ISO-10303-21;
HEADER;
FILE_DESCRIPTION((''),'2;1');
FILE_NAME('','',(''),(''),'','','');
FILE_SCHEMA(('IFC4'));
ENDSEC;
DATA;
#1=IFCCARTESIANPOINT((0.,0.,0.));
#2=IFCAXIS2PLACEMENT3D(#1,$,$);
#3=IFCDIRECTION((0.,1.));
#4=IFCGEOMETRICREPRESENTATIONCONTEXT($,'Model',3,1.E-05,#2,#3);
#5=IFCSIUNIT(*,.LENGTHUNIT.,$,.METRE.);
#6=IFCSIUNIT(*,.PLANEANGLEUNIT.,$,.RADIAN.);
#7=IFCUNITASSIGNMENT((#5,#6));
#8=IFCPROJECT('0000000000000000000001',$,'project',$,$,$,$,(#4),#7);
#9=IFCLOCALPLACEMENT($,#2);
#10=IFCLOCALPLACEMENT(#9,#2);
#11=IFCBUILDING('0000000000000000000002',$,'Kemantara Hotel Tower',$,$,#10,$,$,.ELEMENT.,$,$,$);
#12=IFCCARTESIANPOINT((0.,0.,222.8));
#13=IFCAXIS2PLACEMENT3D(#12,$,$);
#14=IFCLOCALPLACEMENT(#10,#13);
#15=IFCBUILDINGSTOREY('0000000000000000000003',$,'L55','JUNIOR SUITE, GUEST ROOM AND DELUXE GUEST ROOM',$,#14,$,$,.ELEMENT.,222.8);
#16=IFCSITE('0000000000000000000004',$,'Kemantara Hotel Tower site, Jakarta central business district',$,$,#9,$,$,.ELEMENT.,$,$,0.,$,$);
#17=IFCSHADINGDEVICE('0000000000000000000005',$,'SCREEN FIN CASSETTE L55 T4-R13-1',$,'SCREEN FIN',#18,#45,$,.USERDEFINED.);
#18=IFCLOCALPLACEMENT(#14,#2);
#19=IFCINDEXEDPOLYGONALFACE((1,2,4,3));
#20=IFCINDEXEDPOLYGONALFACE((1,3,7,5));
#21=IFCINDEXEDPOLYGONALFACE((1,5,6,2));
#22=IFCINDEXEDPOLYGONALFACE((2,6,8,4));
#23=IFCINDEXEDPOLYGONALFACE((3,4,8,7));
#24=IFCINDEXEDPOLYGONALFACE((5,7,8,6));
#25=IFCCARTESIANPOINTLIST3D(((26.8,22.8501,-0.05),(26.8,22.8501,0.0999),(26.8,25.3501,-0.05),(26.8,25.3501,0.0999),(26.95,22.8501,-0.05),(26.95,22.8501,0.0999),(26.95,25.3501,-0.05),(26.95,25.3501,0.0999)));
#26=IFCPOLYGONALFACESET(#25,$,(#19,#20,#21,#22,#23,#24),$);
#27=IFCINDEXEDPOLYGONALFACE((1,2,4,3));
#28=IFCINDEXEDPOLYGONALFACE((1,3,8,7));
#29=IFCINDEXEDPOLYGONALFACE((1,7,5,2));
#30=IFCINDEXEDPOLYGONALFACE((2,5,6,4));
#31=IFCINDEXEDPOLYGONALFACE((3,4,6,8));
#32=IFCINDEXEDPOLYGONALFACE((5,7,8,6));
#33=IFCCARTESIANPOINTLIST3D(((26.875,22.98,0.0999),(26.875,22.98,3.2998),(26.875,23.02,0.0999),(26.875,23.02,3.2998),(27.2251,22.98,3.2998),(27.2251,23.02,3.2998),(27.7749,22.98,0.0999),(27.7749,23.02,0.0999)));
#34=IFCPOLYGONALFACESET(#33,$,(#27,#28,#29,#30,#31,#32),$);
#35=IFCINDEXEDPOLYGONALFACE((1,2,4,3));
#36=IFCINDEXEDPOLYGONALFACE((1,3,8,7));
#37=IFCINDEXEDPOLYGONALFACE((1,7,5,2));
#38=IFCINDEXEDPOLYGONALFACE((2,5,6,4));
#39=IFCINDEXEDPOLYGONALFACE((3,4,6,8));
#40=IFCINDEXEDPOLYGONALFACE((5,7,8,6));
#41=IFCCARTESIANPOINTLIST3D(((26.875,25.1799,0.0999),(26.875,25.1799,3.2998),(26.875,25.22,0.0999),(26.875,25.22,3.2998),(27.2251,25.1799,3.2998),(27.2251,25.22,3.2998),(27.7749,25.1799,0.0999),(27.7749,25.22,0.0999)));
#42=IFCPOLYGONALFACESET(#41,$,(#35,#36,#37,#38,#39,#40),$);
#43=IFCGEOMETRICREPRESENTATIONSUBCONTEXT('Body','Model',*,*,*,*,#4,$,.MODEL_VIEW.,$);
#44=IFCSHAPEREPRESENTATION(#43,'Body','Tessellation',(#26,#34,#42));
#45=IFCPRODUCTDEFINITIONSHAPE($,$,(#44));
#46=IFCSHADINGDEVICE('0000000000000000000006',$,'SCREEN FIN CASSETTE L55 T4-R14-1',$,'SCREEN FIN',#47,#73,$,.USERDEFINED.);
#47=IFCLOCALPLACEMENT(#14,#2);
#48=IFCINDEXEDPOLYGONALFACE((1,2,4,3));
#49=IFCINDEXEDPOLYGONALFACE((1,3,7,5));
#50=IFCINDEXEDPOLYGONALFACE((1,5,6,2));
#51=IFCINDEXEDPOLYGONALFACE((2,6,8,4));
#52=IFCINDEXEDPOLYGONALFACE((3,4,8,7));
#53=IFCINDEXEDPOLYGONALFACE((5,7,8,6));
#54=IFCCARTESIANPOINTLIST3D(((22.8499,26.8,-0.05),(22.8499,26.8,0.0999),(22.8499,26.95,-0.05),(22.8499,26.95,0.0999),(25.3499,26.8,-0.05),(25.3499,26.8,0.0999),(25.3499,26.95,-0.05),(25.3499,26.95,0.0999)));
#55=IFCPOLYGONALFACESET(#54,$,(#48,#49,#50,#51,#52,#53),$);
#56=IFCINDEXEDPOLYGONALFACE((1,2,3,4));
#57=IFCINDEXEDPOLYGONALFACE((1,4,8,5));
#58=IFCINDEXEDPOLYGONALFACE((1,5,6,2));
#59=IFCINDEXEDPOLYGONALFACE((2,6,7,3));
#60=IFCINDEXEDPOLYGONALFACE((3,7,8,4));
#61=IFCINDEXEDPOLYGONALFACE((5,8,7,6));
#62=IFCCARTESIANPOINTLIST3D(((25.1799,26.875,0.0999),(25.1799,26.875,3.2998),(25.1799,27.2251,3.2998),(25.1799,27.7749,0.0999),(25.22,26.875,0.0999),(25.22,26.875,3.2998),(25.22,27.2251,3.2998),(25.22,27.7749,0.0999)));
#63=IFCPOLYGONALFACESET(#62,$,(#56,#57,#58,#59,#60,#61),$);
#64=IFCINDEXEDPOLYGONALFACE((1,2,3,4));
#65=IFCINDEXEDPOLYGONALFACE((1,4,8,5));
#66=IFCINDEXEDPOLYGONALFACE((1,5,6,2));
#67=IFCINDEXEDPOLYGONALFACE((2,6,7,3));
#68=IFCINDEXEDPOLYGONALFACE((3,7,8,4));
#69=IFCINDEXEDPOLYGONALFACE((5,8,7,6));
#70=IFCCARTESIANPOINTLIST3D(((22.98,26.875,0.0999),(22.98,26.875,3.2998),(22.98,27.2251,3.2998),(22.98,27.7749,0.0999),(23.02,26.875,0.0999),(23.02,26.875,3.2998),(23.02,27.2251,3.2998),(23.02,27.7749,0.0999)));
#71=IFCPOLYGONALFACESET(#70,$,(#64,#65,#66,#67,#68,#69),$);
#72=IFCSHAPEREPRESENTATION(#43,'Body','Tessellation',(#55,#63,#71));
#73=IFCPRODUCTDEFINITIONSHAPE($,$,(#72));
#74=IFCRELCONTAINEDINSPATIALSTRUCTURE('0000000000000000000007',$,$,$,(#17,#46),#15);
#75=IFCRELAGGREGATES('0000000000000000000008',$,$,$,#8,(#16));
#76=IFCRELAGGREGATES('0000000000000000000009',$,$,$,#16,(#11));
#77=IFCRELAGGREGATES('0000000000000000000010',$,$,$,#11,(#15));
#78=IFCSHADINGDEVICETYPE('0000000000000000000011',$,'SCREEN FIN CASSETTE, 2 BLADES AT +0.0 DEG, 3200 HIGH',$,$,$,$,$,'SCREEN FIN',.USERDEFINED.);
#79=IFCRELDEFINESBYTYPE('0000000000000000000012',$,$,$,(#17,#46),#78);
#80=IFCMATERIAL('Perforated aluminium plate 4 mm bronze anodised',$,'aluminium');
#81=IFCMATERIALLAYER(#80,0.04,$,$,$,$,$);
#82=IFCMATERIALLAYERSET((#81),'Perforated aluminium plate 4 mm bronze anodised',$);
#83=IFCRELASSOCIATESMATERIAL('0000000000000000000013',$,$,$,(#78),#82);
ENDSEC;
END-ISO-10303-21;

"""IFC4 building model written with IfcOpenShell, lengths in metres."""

from ifc_helpers import new_model, si_unit, direction, frame, origin, origin_2d, place, context, subcontext, project, spatial, polyline, rectangle, outline, extrude, source, transform, mapped, material, layer, layer_set, type_object, element, save


model = new_model("IFC4")

# Units and contexts
model_context = context("Model", 3, precision=1e-05, world=origin(), true_north=direction((0.0, 1.0)))
body_context = subcontext(model_context, "Body", "Model", "MODEL_VIEW")
ifc_project = project(units=[si_unit("LENGTHUNIT", "METRE"), si_unit("PLANEANGLEUNIT", "RADIAN")], contexts=[model_context])

# Site, building, storey
site_placement = place(None, origin())
site = spatial("IfcSite", under=ifc_project, at=site_placement, Name="Kemantara Hotel Tower site, Jakarta central business district", CompositionType="ELEMENT", RefElevation=0.0)
building_placement = place(site_placement, origin())
building = spatial("IfcBuilding", under=site, at=building_placement, Name="Kemantara Hotel Tower", CompositionType="ELEMENT")
storey_placement = place(building_placement, frame((0.0, 0.0, 222.8)))
storey = spatial("IfcBuildingStorey", under=building, at=storey_placement, Name="L55", Description="JUNIOR SUITE, GUEST ROOM AND DELUXE GUEST ROOM", CompositionType="ELEMENT", Elevation=222.8)

# Shading devices
ifc_material_1 = material(Name="Perforated aluminium plate 4 mm bronze anodised", Category="aluminium")
ifc_layer_1 = layer(ifc_material_1, 0.04)
ifc_layer_set_1 = layer_set([ifc_layer_1], Name="Perforated aluminium plate 4 mm bronze anodised")
shading_device_type_1 = type_object("IfcShadingDeviceType", Name="SCREEN FIN CASSETTE, 2 BLADES AT +0.0 DEG, 3200 HIGH", ElementType="SCREEN FIN", PredefinedType="USERDEFINED", material=ifc_layer_set_1)
shared_shape_1 = source(origin(), body_context, "Body", "SweptSolid", [
    extrude(rectangle(XDim=2.5, YDim=0.1499, at=origin_2d()), frame((1.1001, -0.075, -0.1499), z_axis=(0.0, 0.0, 1.0), x_axis=(1.0, 0.0, 0.0)), (0.0, 0.0, 1.0), 0.1499),
    extrude(outline(polyline([(0.0, 0.0), (0.8999, 0.0), (0.3501, 3.2), (0.0, 3.2), (0.0, 0.0)])), frame((0.02, -0.075, 0.0), z_axis=(-1.0, 0.0, 0.0), x_axis=(0.0, -1.0, 0.0)), (0.0, 0.0, 1.0), 0.04),
    extrude(outline(polyline([(0.0, 0.0), (0.8999, 0.0), (0.3501, 3.2), (0.0, 3.2), (0.0, 0.0)])), frame((2.22, -0.075, 0.0), z_axis=(-1.0, 0.0, 0.0), x_axis=(0.0, -1.0, 0.0)), (0.0, 0.0, 1.0), 0.04),
])
for number, where, z_axis, x_axis, name in (
    (1, (26.8, 23.0, 0.0999), (0.0, 0.0, 1.0), (0.0, 1.0, 0.0), "SCREEN FIN CASSETTE L55 T4-R13-1"),
    (2, (25.2, 26.8, 0.0999), (0.0, 0.0, 1.0), (-1.0, 0.0, 0.0), "SCREEN FIN CASSETTE L55 T4-R14-1"),
):
    element("IfcShadingDevice", number, at=place(storey_placement, frame(where, z_axis=z_axis, x_axis=x_axis)), inside=storey, type_object=shading_device_type_1, Name=name, ObjectType="SCREEN FIN", PredefinedType="USERDEFINED", context=body_context, shape_type="MappedRepresentation", body=[
        mapped(shared_shape_1, transform((0.0, 0.0, 0.0))),
    ])

save(model, "model.ifc")
